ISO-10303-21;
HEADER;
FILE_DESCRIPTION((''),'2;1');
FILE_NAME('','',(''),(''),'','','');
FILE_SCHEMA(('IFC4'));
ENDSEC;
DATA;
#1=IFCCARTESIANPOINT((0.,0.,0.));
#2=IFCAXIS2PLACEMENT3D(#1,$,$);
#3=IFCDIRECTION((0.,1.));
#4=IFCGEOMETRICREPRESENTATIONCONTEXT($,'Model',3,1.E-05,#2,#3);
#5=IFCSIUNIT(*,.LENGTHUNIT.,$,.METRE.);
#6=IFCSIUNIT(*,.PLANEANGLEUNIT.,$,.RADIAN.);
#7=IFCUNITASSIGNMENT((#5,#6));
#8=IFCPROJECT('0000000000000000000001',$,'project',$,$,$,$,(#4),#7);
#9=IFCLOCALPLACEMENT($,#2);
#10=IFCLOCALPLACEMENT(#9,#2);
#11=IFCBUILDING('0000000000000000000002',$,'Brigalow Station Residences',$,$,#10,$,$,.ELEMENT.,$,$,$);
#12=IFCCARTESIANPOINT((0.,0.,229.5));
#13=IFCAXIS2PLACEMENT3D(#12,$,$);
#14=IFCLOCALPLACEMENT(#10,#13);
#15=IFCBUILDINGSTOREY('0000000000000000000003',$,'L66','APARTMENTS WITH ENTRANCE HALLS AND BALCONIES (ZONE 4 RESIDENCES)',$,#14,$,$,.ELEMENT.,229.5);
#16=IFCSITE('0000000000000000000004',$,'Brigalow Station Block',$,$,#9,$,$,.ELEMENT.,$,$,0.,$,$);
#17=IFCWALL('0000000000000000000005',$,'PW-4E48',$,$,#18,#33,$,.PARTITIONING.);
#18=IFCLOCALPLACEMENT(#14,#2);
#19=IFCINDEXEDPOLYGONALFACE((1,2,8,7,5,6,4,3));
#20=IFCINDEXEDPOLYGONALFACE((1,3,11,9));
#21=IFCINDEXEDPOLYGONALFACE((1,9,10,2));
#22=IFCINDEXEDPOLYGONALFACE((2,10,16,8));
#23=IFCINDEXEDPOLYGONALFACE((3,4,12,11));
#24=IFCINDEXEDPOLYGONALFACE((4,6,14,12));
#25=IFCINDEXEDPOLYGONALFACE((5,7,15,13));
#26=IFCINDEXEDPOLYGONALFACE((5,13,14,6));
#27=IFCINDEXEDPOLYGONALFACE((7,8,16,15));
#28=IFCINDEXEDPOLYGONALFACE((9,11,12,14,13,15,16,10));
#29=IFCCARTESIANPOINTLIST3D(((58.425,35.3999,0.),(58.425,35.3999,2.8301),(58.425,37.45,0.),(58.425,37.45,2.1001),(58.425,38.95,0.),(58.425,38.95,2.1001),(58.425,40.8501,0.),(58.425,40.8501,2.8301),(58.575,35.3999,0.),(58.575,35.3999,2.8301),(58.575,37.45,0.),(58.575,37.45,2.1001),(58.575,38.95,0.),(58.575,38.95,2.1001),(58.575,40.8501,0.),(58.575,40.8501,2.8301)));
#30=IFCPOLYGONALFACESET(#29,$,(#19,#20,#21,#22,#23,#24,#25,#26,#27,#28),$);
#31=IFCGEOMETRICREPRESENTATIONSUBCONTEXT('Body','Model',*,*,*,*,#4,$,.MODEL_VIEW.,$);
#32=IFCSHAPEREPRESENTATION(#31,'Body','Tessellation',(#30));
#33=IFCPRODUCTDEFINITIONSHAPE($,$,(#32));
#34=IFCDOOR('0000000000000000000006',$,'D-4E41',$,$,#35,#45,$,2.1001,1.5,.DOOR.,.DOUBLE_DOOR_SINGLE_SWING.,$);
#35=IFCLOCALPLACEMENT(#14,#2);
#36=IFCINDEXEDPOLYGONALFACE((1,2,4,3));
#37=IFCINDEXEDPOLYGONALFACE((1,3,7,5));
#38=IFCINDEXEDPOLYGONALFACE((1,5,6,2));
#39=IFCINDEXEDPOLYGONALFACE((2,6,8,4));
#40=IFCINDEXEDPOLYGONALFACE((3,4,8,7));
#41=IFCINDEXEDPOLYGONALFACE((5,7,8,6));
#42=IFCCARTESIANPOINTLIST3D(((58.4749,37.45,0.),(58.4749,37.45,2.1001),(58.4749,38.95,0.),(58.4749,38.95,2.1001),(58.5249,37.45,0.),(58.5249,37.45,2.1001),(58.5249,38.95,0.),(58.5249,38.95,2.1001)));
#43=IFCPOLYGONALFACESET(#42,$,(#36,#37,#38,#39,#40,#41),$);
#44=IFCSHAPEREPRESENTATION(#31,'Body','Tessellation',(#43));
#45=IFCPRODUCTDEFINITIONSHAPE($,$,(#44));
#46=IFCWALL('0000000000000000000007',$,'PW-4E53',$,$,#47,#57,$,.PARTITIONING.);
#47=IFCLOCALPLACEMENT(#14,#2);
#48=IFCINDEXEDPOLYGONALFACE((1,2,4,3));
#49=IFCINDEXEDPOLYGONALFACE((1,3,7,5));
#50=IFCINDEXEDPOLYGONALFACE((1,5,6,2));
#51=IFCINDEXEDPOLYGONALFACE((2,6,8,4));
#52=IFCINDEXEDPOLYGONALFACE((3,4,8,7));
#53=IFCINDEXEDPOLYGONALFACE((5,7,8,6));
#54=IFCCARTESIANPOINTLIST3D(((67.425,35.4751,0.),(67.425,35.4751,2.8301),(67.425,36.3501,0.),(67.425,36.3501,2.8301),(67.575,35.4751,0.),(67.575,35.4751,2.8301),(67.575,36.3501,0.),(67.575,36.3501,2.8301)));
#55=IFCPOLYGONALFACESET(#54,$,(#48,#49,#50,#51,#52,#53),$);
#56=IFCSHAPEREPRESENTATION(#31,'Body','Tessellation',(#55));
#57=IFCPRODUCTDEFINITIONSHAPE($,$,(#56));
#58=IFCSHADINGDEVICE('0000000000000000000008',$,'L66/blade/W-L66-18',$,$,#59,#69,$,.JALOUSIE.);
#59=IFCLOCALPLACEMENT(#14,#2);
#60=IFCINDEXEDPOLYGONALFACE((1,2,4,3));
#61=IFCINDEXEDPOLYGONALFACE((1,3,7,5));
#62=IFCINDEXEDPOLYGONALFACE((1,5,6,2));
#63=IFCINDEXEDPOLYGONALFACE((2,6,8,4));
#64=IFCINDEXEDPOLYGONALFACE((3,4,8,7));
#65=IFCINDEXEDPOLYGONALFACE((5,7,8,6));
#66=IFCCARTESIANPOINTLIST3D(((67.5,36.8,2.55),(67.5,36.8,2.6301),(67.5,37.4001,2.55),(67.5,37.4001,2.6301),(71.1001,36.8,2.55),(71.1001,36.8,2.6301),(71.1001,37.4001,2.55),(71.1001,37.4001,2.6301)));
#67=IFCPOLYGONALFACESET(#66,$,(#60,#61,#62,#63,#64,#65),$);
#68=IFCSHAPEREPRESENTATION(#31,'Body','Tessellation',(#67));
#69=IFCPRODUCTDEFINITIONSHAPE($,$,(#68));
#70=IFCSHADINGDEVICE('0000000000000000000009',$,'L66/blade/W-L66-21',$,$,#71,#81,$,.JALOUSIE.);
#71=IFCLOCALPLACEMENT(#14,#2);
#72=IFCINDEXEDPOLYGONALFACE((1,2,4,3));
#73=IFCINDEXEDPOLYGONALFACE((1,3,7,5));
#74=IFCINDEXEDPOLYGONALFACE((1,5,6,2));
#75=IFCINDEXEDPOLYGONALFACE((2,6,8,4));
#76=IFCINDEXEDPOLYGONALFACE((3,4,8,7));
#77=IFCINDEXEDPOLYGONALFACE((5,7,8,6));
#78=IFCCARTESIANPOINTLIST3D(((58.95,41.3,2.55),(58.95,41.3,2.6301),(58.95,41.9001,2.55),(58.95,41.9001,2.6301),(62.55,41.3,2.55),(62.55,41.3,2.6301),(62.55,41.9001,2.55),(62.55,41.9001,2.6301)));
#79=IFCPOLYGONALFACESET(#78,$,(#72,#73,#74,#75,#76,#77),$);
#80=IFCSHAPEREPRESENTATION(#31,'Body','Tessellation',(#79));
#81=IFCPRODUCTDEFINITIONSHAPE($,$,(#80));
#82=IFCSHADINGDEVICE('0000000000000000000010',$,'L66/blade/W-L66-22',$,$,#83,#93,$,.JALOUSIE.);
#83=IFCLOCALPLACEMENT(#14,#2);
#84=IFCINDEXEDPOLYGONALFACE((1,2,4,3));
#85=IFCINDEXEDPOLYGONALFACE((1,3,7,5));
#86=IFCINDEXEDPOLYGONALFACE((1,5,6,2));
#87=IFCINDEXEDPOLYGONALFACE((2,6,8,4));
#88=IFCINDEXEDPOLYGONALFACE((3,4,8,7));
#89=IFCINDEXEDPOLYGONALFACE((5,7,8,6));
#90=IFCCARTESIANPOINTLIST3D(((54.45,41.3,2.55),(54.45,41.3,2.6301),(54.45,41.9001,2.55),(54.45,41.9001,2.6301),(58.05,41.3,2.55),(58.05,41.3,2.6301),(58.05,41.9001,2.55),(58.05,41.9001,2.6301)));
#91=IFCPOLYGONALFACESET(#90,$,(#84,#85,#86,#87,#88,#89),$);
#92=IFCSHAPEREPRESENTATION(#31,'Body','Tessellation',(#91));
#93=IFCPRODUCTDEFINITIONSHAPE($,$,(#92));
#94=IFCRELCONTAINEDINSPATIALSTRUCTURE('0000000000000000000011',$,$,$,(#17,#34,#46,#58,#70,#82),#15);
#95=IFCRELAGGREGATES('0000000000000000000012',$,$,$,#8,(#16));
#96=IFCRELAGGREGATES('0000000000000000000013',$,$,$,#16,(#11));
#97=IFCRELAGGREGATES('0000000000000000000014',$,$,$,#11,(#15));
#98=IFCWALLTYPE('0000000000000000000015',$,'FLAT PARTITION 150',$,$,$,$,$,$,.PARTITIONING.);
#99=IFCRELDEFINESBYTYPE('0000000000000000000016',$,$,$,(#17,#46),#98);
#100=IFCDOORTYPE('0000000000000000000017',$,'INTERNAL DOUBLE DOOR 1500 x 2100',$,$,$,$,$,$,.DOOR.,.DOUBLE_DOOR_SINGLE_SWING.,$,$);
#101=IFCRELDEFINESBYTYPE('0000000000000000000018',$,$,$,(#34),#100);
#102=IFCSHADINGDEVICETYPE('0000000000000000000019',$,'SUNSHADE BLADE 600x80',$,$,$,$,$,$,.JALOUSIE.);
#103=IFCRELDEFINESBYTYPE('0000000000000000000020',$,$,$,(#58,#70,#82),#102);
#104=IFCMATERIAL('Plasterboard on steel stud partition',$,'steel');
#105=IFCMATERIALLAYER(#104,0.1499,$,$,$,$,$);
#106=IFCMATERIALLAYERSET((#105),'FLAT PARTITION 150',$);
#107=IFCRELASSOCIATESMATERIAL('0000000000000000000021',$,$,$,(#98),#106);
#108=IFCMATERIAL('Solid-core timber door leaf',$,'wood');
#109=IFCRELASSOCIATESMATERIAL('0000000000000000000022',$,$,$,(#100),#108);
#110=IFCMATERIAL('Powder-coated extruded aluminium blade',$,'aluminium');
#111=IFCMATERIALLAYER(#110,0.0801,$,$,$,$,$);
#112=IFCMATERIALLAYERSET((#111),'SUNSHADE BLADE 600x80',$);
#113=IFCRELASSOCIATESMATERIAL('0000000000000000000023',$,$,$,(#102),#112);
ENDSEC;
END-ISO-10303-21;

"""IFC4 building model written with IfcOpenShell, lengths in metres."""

from ifc_helpers import new_model, si_unit, direction, frame, frame_2d, origin, origin_2d, place, context, subcontext, project, spatial, rectangle, extrude, material, layer, layer_set, type_object, element, fill, save


model = new_model("IFC4")

# Units and contexts
model_context = context("Model", 3, precision=1e-05, world=origin(), true_north=direction((0.0, 1.0)))
body_context = subcontext(model_context, "Body", "Model", "MODEL_VIEW")
ifc_project = project(units=[si_unit("LENGTHUNIT", "METRE"), si_unit("PLANEANGLEUNIT", "RADIAN")], contexts=[model_context])

# Site, building, storey
site_placement = place(None, origin())
site = spatial("IfcSite", under=ifc_project, at=site_placement, Name="Brigalow Station Block", CompositionType="ELEMENT", RefElevation=0.0)
building_placement = place(site_placement, origin())
building = spatial("IfcBuilding", under=site, at=building_placement, Name="Brigalow Station Residences", CompositionType="ELEMENT")
storey_placement = place(building_placement, frame((0.0, 0.0, 229.5)))
storey = spatial("IfcBuildingStorey", under=building, at=storey_placement, Name="L66", Description="APARTMENTS WITH ENTRANCE HALLS AND BALCONIES (ZONE 4 RESIDENCES)", CompositionType="ELEMENT", Elevation=229.5)

# Wall, opening, door
ifc_material_1 = material(Name="Plasterboard on steel stud partition", Category="steel")
ifc_layer_1 = layer(ifc_material_1, 0.1499)
ifc_layer_set_1 = layer_set([ifc_layer_1], Name="FLAT PARTITION 150")
wall_type_1 = type_object("IfcWallType", Name="FLAT PARTITION 150", PredefinedType="PARTITIONING", material=ifc_layer_set_1)
ifc_material_2 = material(Name="Solid-core timber door leaf", Category="wood")
door_type_1 = type_object("IfcDoorType", Name="INTERNAL DOUBLE DOOR 1500 x 2100", OperationType="DOUBLE_DOOR_SINGLE_SWING", PredefinedType="DOOR", material=ifc_material_2)
wall_1_placement = place(storey_placement, frame((58.5, 35.3999, 0.0), z_axis=(0.0, 0.0, 1.0), x_axis=(0.0, 1.0, 0.0)))
wall_1 = element("IfcWall", 1, at=wall_1_placement, inside=storey, type_object=wall_type_1, Name="PW-4E48", PredefinedType="PARTITIONING", context=body_context, shape_type="SweptSolid", body=[
    extrude(rectangle(XDim=5.4502, YDim=0.1499, at=frame_2d((2.7251, 0.0))), origin(), (0.0, 0.0, 1.0), 2.8301),
])
opening_1_placement = place(wall_1_placement, frame((2.05, 0.0, 0.0)))
opening_1 = element("IfcOpeningElement", 2, at=opening_1_placement, cuts=wall_1, PredefinedType="OPENING", context=body_context, shape_type="SweptSolid", body=[
    extrude(rectangle(XDim=1.5, YDim=2.1001, at=frame_2d((0.75, 1.05))), frame((0.0, 0.085, 0.0), z_axis=(0.0, -1.0, 0.0), x_axis=(1.0, 0.0, 0.0)), (0.0, 0.0, 1.0), 0.1699),
])
door_1_placement = place(opening_1_placement, frame((1.5, 0.0, 0.0), z_axis=(0.0, 0.0, 1.0), x_axis=(-1.0, 0.0, 0.0)))
door_1 = element("IfcDoor", 3, at=door_1_placement, inside=storey, type_object=door_type_1, Name="D-4E41", OperationType="DOUBLE_DOOR_SINGLE_SWING", OverallHeight=2.1001, OverallWidth=1.5, PredefinedType="DOOR", context=body_context, shape_type="SweptSolid", body=[
    extrude(rectangle(XDim=1.5, YDim=2.1001, at=frame_2d((0.75, 1.05))), frame((0.0, 0.0249, 0.0), z_axis=(0.0, -1.0, 0.0), x_axis=(1.0, 0.0, 0.0)), (0.0, 0.0, 1.0), 0.05),
])
fill(opening_1, door_1)

# Wall
wall_2_placement = place(storey_placement, frame((67.5, 35.4751, 0.0), z_axis=(0.0, 0.0, 1.0), x_axis=(0.0, 1.0, 0.0)))
element("IfcWall", 4, at=wall_2_placement, inside=storey, type_object=wall_type_1, Name="PW-4E53", PredefinedType="PARTITIONING", context=body_context, shape_type="SweptSolid", body=[
    extrude(rectangle(XDim=0.875, YDim=0.1499, at=frame_2d((0.4375, 0.0))), origin(), (0.0, 0.0, 1.0), 2.8301),
])

# Shading devices
ifc_material_3 = material(Name="Powder-coated extruded aluminium blade", Category="aluminium")
ifc_layer_2 = layer(ifc_material_3, 0.0801)
ifc_layer_set_2 = layer_set([ifc_layer_2], Name="SUNSHADE BLADE 600x80")
shading_device_type = type_object("IfcShadingDeviceType", Name="SUNSHADE BLADE 600x80", PredefinedType="JALOUSIE", material=ifc_layer_set_2)
for number, where, z_axis, x_axis, name in (
    (5, (69.3, 37.1001, 2.55), (0.0, 0.0, 1.0), (-1.0, 0.0, 0.0), "L66/blade/W-L66-18"),
    (6, (60.75, 41.6001, 2.55), (0.0, 0.0, 1.0), (-1.0, 0.0, 0.0), "L66/blade/W-L66-21"),
    (7, (56.25, 41.6001, 2.55), (0.0, 0.0, 1.0), (-1.0, 0.0, 0.0), "L66/blade/W-L66-22"),
):
    element("IfcShadingDevice", number, at=place(storey_placement, frame(where, z_axis=z_axis, x_axis=x_axis)), inside=storey, type_object=shading_device_type, Name=name, PredefinedType="JALOUSIE", context=body_context, shape_type="SweptSolid", body=[
        extrude(rectangle(XDim=3.6001, YDim=0.6001, at=origin_2d()), origin(), (0.0, 0.0, 1.0), 0.0801),
    ])

save(model, "model.ifc")
